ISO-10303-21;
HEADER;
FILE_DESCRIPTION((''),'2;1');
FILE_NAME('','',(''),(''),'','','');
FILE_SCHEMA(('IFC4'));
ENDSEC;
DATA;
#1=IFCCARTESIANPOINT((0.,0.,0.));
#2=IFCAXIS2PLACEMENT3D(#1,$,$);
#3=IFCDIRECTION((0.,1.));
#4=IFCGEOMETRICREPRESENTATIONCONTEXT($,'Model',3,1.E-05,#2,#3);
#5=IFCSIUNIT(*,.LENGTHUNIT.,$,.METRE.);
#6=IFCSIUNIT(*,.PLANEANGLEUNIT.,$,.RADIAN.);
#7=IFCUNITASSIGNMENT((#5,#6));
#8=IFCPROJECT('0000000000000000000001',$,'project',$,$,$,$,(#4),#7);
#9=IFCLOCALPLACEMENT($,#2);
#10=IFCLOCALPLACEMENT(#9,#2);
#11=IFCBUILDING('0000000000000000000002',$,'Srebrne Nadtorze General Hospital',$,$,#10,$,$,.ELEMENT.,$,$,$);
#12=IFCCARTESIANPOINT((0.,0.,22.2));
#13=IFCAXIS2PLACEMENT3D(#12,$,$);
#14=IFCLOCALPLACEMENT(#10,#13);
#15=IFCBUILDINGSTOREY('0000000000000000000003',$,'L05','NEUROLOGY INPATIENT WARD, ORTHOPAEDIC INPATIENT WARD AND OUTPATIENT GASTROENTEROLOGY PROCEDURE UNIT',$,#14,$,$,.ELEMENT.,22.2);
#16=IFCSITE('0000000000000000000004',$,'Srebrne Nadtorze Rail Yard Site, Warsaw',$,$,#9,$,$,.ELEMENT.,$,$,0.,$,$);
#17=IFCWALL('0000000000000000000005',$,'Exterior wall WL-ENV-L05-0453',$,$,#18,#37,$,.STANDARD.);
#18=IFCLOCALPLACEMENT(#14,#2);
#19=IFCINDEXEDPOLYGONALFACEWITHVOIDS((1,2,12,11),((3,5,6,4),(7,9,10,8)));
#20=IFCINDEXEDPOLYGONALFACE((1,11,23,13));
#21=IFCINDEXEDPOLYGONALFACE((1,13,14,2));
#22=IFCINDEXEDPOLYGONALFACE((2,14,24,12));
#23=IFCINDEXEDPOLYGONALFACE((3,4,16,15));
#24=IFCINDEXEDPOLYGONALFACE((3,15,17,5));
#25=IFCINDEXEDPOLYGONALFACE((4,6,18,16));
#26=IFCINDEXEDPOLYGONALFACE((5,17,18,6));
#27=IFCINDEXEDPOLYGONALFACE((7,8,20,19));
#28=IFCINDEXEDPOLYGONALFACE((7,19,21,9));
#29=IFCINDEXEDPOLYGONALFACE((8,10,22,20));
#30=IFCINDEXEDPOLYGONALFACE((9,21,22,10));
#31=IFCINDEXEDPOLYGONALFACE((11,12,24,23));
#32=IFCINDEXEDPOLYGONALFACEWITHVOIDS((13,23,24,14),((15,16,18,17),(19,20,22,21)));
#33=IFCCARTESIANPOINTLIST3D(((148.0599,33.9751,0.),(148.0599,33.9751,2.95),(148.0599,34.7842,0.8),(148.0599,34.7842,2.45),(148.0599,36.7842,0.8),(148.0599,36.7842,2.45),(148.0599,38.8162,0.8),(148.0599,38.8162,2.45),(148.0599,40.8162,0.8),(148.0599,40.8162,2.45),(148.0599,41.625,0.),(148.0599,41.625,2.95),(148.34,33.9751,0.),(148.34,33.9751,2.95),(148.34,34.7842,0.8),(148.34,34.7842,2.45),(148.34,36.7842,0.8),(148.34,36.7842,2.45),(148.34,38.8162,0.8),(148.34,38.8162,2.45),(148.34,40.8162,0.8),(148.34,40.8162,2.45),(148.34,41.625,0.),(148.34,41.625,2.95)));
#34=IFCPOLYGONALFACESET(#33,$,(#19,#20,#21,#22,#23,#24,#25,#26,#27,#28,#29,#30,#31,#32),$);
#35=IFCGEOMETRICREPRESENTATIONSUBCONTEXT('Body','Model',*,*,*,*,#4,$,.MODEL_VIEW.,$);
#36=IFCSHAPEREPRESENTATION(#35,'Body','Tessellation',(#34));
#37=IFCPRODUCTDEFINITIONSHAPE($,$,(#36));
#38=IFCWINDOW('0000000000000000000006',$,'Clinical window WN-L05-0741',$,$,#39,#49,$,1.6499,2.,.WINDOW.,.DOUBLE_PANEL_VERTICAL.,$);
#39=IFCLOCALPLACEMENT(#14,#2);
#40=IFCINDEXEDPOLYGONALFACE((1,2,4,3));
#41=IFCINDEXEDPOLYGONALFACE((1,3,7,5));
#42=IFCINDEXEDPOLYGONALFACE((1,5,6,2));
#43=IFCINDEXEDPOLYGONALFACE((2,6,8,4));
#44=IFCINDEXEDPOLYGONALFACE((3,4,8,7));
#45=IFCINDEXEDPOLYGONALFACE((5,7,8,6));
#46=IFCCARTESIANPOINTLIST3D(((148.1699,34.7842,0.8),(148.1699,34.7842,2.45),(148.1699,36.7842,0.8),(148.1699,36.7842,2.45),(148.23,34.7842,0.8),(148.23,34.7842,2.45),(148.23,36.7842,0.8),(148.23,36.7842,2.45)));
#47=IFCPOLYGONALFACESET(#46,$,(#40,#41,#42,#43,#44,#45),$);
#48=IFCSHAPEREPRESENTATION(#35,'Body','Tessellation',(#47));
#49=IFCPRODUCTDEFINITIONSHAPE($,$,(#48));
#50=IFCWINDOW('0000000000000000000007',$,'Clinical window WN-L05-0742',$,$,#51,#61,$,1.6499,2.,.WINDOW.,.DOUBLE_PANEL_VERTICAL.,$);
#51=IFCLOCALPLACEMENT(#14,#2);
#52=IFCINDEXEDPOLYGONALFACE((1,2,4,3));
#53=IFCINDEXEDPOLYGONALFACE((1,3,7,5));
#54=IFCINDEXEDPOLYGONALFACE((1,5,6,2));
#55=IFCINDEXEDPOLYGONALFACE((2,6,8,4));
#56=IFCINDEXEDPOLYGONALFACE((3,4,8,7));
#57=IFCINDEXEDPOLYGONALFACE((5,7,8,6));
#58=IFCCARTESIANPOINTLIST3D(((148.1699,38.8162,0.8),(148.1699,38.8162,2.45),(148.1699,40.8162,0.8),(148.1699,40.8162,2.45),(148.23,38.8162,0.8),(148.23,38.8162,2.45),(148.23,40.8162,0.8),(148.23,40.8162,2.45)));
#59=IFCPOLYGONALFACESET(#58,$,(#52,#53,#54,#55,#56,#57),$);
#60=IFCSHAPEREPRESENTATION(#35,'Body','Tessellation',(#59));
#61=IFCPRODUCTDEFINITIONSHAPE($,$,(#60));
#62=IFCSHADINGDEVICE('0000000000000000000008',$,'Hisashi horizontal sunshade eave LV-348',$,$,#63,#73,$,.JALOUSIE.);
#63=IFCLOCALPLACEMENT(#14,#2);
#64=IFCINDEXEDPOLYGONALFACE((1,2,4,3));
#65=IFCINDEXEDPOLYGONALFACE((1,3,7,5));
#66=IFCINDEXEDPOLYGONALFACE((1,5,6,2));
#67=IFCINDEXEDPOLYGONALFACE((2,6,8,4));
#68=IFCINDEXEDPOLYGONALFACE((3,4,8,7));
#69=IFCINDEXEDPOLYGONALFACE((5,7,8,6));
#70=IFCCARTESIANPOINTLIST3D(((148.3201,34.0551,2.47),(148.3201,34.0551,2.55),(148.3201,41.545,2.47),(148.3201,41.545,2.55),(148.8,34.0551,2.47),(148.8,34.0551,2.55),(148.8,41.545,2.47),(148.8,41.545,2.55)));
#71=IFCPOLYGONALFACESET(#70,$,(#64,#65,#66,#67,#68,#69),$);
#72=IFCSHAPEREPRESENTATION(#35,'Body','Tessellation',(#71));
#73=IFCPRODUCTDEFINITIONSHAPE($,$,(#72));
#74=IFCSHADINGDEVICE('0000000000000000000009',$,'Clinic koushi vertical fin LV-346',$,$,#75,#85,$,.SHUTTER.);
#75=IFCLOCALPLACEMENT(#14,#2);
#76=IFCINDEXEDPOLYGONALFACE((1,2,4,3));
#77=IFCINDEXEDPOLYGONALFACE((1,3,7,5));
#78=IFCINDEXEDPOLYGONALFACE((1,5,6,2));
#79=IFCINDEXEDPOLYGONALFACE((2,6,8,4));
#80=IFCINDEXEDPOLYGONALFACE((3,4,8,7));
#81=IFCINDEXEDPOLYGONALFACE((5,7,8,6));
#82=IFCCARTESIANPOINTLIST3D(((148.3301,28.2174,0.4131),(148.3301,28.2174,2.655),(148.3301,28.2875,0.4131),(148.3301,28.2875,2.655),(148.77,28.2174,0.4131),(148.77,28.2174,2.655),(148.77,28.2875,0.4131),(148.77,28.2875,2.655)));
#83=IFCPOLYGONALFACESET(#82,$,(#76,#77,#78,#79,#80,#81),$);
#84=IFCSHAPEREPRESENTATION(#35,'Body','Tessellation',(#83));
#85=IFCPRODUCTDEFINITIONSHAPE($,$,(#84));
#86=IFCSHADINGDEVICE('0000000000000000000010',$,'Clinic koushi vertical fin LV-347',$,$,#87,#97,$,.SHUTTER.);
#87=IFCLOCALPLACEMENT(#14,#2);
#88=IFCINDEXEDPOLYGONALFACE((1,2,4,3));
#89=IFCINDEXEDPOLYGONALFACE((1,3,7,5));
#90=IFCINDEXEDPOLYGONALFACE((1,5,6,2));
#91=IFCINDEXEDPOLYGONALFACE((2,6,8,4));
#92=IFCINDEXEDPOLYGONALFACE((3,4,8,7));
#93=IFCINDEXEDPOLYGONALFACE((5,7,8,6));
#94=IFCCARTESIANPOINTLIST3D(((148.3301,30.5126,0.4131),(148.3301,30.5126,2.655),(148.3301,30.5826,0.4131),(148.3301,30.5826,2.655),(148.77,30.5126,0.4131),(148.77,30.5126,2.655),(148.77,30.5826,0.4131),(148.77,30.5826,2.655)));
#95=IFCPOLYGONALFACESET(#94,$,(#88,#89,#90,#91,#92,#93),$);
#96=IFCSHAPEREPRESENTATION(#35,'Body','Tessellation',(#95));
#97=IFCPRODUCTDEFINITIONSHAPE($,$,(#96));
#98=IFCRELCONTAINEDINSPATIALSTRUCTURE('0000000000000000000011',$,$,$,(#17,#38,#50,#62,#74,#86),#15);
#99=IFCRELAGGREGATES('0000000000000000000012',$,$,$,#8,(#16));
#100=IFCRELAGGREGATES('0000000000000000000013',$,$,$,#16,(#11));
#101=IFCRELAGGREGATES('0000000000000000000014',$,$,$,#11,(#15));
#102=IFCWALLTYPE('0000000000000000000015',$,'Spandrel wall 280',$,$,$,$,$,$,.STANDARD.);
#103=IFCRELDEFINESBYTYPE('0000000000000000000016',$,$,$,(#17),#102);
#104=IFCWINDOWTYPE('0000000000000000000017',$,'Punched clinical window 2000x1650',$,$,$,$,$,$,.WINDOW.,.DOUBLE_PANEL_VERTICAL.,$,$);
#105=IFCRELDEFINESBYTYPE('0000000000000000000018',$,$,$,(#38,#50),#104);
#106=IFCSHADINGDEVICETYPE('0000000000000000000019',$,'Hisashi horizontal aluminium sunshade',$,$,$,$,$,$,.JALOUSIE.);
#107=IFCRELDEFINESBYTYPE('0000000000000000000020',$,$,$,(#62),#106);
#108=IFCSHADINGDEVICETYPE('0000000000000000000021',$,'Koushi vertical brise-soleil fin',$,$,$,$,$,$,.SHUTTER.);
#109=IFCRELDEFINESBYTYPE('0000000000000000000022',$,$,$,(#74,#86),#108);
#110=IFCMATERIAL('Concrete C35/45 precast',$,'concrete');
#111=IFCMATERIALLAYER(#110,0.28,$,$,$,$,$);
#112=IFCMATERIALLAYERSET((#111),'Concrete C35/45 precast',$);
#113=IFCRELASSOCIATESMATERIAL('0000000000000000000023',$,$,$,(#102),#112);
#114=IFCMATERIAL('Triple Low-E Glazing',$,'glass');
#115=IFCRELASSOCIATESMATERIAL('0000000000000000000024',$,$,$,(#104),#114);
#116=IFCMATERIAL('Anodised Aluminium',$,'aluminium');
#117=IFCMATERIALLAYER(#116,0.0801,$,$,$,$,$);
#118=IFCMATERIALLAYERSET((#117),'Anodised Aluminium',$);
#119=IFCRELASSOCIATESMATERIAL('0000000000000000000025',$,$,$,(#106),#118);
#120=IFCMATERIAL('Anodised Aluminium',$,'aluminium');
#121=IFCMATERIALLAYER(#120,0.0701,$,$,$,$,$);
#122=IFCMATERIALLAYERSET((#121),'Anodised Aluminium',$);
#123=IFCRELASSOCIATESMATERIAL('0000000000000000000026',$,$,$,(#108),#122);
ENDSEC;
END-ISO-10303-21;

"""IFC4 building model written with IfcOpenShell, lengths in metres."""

from ifc_helpers import new_model, si_unit, direction, frame, frame_2d, origin, origin_2d, place, context, subcontext, project, spatial, rectangle, extrude, material, layer, layer_set, type_object, element, fill, save


model = new_model("IFC4")

# Units and contexts
model_context = context("Model", 3, precision=1e-05, world=origin(), true_north=direction((0.0, 1.0)))
body_context = subcontext(model_context, "Body", "Model", "MODEL_VIEW")
ifc_project = project(units=[si_unit("LENGTHUNIT", "METRE"), si_unit("PLANEANGLEUNIT", "RADIAN")], contexts=[model_context])

# Site, building, storey
site_placement = place(None, origin())
site = spatial("IfcSite", under=ifc_project, at=site_placement, Name="Srebrne Nadtorze Rail Yard Site, Warsaw", CompositionType="ELEMENT", RefElevation=0.0)
building_placement = place(site_placement, origin())
building = spatial("IfcBuilding", under=site, at=building_placement, Name="Srebrne Nadtorze General Hospital", CompositionType="ELEMENT")
storey_placement = place(building_placement, frame((0.0, 0.0, 22.2)))
storey = spatial("IfcBuildingStorey", under=building, at=storey_placement, Name="L05", Description="NEUROLOGY INPATIENT WARD, ORTHOPAEDIC INPATIENT WARD AND OUTPATIENT GASTROENTEROLOGY PROCEDURE UNIT", CompositionType="ELEMENT", Elevation=22.2)

# Wall, openings, windows
ifc_material_1 = material(Name="Concrete C35/45 precast", Category="concrete")
ifc_layer_1 = layer(ifc_material_1, 0.28)
ifc_layer_set_1 = layer_set([ifc_layer_1], Name="Concrete C35/45 precast")
wall_type_1 = type_object("IfcWallType", Name="Spandrel wall 280", PredefinedType="STANDARD", material=ifc_layer_set_1)
wall_1_placement = place(storey_placement, frame((148.2, 33.9751, 0.0), z_axis=(0.0, 0.0, 1.0), x_axis=(0.0, 1.0, 0.0)))
wall_1 = element("IfcWall", 1, at=wall_1_placement, inside=storey, type_object=wall_type_1, Name="Exterior wall WL-ENV-L05-0453", PredefinedType="STANDARD", context=body_context, shape_type="SweptSolid", body=[
    extrude(rectangle(XDim=7.6499, YDim=0.28, at=frame_2d((3.825, 0.0))), origin(), (0.0, 0.0, 1.0), 2.95),
])
opening_1_placement = place(wall_1_placement, frame((0.8091, 0.0, 0.8)))
opening_1 = element("IfcOpeningElement", 2, at=opening_1_placement, cuts=wall_1, PredefinedType="OPENING", context=body_context, shape_type="SweptSolid", body=[
    extrude(rectangle(XDim=2.0, YDim=1.6499, at=frame_2d((1.0, 0.825))), frame((0.0, 0.1519, 0.0), z_axis=(0.0, -1.0, 0.0), x_axis=(1.0, 0.0, 0.0)), (0.0, 0.0, 1.0), 0.304),
])
opening_2_placement = place(wall_1_placement, frame((4.8411, 0.0, 0.8)))
opening_2 = element("IfcOpeningElement", 3, at=opening_2_placement, cuts=wall_1, PredefinedType="OPENING", context=body_context, shape_type="SweptSolid", body=[
    extrude(rectangle(XDim=2.0, YDim=1.6499, at=frame_2d((1.0, 0.825))), frame((0.0, 0.1519, 0.0), z_axis=(0.0, -1.0, 0.0), x_axis=(1.0, 0.0, 0.0)), (0.0, 0.0, 1.0), 0.304),
])
ifc_material_2 = material(Name="Triple Low-E Glazing", Category="glass")
window_type_1 = type_object("IfcWindowType", Name="Punched clinical window 2000x1650", PartitioningType="DOUBLE_PANEL_VERTICAL", PredefinedType="WINDOW", material=ifc_material_2)
window_1_placement = place(opening_1_placement, origin())
window_1 = element("IfcWindow", 4, at=window_1_placement, inside=storey, type_object=window_type_1, Name="Clinical window WN-L05-0741", OverallHeight=1.6499, OverallWidth=2.0, PartitioningType="DOUBLE_PANEL_VERTICAL", PredefinedType="WINDOW", context=body_context, shape_type="SweptSolid", body=[
    extrude(rectangle(XDim=2.0, YDim=1.6499, at=frame_2d((1.0, 0.825))), frame((0.0, 0.03, 0.0), z_axis=(0.0, -1.0, 0.0), x_axis=(1.0, 0.0, 0.0)), (0.0, 0.0, 1.0), 0.0601),
])
fill(opening_1, window_1)
window_2_placement = place(opening_2_placement, origin())
window_2 = element("IfcWindow", 5, at=window_2_placement, inside=storey, type_object=window_type_1, Name="Clinical window WN-L05-0742", OverallHeight=1.6499, OverallWidth=2.0, PartitioningType="DOUBLE_PANEL_VERTICAL", PredefinedType="WINDOW", context=body_context, shape_type="SweptSolid", body=[
    extrude(rectangle(XDim=2.0, YDim=1.6499, at=frame_2d((1.0, 0.825))), frame((0.0, 0.03, 0.0), z_axis=(0.0, -1.0, 0.0), x_axis=(1.0, 0.0, 0.0)), (0.0, 0.0, 1.0), 0.0601),
])
fill(opening_2, window_2)

# Shading devices
ifc_material_3 = material(Name="Anodised Aluminium", Category="aluminium")
ifc_layer_2 = layer(ifc_material_3, 0.0801)
ifc_layer_set_2 = layer_set([ifc_layer_2], Name="Anodised Aluminium")
shading_device_type_1 = type_object("IfcShadingDeviceType", Name="Hisashi horizontal aluminium sunshade", PredefinedType="JALOUSIE", material=ifc_layer_set_2)
shading_device_placement = place(storey_placement, frame((148.5601, 37.8, 2.47), z_axis=(0.0, 0.0, 1.0), x_axis=(1.0, 0.0, 0.0)))
element("IfcShadingDevice", 6, at=shading_device_placement, inside=storey, type_object=shading_device_type_1, Name="Hisashi horizontal sunshade eave LV-348", PredefinedType="JALOUSIE", context=body_context, shape_type="SweptSolid", body=[
    extrude(rectangle(XDim=0.48, YDim=7.49, at=origin_2d()), origin(), (0.0, 0.0, 1.0), 0.0801),
])
ifc_material_4 = material(Name="Anodised Aluminium", Category="aluminium")
ifc_layer_3 = layer(ifc_material_4, 0.0701)
ifc_layer_set_3 = layer_set([ifc_layer_3], Name="Anodised Aluminium")
shading_device_type_2 = type_object("IfcShadingDeviceType", Name="Koushi vertical brise-soleil fin", PredefinedType="SHUTTER", material=ifc_layer_set_3)
for number, where, z_axis, x_axis, name in (
    (7, (148.55, 28.2524, 0.4131), (0.0, 0.0, 1.0), (1.0, 0.0, 0.0), "Clinic koushi vertical fin LV-346"),
    (8, (148.55, 30.5476, 0.4131), (0.0, 0.0, 1.0), (1.0, 0.0, 0.0), "Clinic koushi vertical fin LV-347"),
):
    element("IfcShadingDevice", number, at=place(storey_placement, frame(where, z_axis=z_axis, x_axis=x_axis)), inside=storey, type_object=shading_device_type_2, Name=name, PredefinedType="SHUTTER", context=body_context, shape_type="SweptSolid", body=[
        extrude(rectangle(XDim=0.4399, YDim=0.0701, at=origin_2d()), origin(), (0.0, 0.0, 1.0), 2.2419),
    ])

save(model, "model.ifc")
